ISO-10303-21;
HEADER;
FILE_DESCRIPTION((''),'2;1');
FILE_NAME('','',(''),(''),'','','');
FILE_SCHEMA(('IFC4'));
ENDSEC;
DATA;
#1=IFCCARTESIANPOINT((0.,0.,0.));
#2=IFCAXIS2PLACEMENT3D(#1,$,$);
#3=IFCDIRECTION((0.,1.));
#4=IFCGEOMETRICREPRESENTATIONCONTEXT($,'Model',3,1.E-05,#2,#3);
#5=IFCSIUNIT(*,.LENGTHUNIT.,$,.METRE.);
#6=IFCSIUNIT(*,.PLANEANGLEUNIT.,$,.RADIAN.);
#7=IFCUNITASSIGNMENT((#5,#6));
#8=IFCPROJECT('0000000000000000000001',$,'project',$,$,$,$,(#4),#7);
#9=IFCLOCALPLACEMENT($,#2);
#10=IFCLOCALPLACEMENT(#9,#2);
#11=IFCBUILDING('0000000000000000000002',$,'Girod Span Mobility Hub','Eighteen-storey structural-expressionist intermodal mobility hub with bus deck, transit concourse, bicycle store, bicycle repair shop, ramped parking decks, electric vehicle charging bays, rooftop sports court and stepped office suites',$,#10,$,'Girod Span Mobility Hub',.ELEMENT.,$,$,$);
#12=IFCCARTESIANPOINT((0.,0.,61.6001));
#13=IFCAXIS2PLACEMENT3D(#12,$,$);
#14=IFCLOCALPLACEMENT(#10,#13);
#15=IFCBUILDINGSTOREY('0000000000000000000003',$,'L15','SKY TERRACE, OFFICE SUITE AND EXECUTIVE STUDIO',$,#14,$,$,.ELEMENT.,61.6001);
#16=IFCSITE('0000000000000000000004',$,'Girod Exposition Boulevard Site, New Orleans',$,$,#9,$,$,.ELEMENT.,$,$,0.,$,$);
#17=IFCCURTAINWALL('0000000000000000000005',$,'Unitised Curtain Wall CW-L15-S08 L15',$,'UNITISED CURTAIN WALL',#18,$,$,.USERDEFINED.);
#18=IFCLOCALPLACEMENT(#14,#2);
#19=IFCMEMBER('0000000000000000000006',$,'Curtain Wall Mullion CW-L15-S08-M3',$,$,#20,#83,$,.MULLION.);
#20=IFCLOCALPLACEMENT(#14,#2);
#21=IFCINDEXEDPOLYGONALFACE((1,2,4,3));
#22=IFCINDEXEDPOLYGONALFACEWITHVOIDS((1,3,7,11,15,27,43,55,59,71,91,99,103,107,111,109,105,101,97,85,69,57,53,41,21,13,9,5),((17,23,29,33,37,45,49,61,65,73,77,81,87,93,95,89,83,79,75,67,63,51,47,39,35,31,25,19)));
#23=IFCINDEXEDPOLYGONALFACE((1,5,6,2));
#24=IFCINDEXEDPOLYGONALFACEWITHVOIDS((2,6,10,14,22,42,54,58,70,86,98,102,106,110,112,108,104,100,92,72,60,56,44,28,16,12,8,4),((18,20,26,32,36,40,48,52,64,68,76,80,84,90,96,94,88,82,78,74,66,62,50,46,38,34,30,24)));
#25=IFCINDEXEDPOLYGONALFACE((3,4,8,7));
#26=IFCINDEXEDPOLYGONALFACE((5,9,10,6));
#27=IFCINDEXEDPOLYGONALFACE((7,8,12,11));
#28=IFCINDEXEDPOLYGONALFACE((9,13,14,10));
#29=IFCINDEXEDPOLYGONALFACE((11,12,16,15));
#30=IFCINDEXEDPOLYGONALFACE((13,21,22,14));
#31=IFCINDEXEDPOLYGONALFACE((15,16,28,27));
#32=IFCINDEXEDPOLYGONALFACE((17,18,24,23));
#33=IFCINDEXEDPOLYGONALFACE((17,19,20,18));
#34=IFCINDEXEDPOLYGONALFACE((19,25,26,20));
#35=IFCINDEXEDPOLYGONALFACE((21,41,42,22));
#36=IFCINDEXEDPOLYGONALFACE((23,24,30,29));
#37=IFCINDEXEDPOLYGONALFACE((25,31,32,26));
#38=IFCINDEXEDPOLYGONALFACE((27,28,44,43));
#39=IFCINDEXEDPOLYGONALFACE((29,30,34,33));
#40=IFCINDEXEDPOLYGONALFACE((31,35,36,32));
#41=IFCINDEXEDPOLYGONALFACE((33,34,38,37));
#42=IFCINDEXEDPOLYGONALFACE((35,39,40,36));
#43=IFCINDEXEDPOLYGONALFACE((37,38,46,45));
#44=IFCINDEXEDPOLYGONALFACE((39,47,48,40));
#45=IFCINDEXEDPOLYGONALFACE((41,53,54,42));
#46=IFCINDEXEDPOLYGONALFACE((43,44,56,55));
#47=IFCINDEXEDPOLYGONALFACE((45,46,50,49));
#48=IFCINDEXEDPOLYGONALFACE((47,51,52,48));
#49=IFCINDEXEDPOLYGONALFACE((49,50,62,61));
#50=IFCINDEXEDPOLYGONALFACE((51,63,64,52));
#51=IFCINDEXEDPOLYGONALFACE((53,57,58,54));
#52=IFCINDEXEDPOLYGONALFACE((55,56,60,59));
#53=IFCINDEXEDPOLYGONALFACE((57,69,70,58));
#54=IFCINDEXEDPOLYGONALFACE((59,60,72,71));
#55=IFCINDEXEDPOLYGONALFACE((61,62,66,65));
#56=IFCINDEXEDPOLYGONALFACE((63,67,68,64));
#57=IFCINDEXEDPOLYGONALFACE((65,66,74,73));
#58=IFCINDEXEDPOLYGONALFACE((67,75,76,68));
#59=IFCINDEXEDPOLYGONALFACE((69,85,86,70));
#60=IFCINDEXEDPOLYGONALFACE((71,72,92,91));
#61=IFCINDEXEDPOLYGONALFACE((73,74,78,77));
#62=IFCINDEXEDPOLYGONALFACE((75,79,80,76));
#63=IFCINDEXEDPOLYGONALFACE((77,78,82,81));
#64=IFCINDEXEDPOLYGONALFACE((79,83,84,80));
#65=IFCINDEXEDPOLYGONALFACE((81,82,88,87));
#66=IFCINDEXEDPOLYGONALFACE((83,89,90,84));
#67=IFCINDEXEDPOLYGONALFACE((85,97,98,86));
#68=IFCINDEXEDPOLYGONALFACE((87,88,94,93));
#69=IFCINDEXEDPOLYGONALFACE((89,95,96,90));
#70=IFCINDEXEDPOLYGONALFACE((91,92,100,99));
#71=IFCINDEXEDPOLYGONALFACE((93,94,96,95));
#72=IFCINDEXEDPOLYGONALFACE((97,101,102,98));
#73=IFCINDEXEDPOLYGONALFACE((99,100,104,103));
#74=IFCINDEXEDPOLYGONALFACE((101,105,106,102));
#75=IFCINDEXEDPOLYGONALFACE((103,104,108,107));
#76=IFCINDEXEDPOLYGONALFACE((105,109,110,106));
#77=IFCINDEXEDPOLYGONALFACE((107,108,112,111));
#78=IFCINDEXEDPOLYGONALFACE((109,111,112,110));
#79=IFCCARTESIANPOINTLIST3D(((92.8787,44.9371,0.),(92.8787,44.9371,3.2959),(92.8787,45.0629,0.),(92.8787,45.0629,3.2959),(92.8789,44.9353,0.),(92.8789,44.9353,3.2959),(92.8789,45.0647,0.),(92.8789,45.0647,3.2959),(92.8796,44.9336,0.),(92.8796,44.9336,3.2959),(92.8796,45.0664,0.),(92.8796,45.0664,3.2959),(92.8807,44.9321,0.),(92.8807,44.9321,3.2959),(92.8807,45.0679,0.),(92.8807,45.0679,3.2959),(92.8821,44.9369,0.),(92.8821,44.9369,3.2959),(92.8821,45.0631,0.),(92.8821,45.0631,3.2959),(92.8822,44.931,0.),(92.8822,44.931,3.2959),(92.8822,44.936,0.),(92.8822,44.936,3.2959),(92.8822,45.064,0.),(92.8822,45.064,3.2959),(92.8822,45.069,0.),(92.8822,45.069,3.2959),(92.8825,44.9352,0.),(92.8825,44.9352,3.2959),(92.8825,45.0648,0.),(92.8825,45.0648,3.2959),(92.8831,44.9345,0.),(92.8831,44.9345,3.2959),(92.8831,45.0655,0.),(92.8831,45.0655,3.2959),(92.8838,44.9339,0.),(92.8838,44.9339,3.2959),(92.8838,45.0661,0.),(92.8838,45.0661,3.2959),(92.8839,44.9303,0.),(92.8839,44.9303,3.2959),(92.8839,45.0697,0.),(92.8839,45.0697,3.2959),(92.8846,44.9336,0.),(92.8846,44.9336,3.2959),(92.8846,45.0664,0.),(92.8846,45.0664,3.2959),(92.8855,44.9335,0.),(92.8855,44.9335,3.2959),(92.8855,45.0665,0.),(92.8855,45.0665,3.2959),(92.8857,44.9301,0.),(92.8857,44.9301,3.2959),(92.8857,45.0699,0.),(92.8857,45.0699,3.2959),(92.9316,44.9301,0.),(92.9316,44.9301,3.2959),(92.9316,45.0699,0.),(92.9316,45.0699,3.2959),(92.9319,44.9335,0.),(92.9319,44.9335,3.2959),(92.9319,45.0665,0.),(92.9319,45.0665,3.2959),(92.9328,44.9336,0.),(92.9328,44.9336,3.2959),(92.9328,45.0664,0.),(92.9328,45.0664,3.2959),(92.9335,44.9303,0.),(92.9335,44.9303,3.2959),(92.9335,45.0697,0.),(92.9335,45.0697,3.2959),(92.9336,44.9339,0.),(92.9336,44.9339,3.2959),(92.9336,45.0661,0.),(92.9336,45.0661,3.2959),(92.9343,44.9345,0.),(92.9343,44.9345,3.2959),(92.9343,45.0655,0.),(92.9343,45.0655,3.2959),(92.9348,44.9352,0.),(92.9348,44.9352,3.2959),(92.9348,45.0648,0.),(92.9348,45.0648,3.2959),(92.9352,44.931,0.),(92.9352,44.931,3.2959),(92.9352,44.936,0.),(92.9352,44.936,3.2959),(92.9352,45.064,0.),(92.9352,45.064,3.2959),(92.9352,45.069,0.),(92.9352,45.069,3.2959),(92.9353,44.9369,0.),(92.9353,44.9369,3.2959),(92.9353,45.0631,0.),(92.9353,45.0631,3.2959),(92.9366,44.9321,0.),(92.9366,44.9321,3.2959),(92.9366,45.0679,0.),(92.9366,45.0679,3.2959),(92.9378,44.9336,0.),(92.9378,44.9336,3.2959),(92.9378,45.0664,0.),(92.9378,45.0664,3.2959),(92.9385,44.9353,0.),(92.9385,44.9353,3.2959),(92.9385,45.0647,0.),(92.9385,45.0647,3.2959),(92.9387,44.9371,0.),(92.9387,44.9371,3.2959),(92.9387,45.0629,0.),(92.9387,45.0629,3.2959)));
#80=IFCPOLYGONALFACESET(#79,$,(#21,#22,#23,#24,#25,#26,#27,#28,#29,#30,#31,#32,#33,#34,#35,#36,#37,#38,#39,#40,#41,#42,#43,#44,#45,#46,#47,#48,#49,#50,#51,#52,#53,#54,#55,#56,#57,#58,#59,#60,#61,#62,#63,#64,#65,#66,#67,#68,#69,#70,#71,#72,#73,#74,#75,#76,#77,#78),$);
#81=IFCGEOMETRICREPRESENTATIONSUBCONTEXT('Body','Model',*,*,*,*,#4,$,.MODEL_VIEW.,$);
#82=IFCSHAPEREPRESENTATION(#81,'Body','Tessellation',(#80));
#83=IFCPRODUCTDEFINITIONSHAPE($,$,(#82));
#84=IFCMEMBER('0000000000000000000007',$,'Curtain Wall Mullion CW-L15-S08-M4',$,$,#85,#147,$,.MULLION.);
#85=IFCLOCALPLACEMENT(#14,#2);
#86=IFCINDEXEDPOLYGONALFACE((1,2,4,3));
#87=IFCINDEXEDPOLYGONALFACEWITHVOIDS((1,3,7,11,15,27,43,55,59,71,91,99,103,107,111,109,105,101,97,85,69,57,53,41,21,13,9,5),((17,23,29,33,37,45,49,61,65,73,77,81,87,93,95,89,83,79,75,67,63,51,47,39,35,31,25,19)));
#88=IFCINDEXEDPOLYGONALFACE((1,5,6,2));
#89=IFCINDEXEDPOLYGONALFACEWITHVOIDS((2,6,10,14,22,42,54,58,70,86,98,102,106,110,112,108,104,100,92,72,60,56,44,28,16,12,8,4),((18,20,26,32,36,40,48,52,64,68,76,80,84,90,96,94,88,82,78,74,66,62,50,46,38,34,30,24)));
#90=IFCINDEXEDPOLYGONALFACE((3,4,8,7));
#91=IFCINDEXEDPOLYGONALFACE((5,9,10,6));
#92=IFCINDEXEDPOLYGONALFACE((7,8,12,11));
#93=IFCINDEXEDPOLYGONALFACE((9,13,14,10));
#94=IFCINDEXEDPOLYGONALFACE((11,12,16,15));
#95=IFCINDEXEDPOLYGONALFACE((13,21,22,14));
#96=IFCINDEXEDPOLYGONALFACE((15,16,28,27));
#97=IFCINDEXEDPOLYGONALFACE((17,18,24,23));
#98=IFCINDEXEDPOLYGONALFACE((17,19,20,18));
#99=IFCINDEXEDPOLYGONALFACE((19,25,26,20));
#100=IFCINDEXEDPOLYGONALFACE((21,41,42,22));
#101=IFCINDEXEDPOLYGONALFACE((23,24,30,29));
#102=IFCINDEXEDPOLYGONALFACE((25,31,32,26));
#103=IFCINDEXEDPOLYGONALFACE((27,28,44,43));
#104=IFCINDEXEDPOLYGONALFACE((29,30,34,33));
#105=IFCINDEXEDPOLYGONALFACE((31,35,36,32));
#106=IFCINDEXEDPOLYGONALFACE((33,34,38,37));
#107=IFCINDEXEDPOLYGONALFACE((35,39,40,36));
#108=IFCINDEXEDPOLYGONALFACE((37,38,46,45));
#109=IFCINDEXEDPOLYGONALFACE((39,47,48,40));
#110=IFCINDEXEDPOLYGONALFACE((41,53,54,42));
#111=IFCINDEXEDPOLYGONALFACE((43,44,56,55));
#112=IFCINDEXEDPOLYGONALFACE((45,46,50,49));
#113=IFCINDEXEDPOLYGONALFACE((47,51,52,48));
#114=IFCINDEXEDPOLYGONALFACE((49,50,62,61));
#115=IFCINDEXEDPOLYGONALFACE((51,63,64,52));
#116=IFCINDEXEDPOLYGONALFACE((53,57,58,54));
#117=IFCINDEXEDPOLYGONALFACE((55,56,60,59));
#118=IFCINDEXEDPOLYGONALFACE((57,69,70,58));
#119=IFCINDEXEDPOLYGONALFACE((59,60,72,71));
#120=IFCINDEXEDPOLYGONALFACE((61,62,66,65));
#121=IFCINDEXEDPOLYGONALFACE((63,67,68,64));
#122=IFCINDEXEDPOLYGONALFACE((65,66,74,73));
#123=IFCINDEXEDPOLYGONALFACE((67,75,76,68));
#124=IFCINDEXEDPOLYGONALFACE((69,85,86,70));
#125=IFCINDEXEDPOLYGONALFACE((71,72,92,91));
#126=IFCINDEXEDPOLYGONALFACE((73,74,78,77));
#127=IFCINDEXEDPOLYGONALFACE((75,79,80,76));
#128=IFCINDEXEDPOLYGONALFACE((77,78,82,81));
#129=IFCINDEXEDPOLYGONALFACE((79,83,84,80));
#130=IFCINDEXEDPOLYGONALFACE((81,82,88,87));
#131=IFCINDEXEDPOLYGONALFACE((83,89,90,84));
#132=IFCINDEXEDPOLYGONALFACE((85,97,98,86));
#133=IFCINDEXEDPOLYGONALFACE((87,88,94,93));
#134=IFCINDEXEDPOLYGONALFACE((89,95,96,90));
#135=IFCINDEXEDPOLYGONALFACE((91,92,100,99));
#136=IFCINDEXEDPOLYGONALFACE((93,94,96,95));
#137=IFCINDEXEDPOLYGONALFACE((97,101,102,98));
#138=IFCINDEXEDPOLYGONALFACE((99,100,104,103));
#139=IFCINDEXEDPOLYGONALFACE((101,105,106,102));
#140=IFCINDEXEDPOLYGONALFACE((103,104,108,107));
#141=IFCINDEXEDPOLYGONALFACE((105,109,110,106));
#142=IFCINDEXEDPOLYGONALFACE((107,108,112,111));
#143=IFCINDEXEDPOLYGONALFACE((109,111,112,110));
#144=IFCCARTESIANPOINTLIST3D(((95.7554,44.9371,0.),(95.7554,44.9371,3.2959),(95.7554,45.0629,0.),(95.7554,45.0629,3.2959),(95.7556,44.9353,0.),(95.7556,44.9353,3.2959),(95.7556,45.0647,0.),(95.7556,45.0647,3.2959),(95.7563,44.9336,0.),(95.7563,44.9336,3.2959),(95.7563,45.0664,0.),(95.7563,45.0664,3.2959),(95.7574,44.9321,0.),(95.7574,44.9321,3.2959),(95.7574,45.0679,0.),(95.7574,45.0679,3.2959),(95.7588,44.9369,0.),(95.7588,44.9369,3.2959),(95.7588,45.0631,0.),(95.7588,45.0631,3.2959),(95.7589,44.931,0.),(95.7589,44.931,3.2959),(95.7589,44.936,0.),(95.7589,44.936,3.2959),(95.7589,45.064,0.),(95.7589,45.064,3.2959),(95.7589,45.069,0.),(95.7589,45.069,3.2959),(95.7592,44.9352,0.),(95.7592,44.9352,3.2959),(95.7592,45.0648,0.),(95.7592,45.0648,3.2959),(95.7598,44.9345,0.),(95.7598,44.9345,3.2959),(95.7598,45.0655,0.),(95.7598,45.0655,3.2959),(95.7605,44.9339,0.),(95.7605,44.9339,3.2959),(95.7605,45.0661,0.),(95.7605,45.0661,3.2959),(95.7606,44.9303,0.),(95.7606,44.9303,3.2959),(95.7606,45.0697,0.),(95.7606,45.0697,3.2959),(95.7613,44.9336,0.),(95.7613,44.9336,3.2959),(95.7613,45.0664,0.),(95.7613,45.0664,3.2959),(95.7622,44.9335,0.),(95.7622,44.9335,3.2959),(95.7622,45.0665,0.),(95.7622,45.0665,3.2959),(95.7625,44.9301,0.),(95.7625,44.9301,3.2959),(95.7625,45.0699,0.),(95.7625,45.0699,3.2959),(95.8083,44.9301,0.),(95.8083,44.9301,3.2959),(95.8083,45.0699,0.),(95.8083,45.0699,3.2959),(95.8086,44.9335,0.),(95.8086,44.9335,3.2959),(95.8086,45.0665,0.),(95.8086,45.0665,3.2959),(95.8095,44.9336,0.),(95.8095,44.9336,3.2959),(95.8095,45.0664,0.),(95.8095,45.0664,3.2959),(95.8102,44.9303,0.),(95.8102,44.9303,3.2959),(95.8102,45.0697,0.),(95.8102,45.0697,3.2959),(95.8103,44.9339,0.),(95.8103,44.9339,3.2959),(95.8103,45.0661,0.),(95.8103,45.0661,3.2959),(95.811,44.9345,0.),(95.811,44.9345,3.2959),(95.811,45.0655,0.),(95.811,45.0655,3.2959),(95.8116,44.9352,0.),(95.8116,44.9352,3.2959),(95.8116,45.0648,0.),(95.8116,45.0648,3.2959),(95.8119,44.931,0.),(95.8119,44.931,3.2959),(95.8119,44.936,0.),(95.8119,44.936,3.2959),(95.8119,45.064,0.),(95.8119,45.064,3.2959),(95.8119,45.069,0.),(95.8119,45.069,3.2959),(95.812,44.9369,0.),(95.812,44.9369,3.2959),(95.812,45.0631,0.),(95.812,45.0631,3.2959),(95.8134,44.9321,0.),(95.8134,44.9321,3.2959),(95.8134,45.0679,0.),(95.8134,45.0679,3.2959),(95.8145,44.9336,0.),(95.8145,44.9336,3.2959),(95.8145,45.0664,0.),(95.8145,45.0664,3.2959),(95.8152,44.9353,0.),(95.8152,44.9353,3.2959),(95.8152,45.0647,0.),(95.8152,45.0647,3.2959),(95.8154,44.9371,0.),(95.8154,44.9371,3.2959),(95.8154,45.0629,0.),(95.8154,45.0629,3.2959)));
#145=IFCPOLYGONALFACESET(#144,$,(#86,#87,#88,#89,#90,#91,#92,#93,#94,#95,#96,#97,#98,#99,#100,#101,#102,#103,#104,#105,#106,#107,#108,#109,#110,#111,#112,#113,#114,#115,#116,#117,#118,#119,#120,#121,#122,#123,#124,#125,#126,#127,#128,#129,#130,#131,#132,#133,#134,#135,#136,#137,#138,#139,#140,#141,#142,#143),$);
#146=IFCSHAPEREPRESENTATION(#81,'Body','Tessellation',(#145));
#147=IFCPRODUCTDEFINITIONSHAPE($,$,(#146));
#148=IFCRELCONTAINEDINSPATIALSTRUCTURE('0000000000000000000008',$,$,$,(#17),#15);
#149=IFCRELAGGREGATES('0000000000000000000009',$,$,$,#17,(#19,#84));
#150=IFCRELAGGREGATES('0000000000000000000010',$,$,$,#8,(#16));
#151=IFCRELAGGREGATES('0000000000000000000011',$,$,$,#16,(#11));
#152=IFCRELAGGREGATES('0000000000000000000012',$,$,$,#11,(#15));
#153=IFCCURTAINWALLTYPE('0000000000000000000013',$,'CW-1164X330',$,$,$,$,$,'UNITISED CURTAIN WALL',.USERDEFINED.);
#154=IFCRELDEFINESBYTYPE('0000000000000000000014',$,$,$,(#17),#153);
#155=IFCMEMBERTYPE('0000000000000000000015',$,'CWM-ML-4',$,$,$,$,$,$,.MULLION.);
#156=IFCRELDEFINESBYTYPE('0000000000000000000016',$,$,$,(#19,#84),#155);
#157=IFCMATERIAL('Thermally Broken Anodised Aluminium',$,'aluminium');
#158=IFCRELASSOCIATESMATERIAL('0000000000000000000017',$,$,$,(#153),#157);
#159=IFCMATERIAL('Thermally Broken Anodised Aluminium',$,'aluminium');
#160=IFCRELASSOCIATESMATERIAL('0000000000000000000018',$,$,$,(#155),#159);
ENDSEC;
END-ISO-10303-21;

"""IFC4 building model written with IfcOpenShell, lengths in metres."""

from ifc_helpers import new_model, si_unit, direction, frame, origin, origin_2d, place, context, subcontext, project, spatial, hollow_rectangle, extrude, material, material_profile, profile_set, type_object, element, aggregate, save


model = new_model("IFC4")

# Units and contexts
model_context = context("Model", 3, precision=1e-05, world=origin(), true_north=direction((0.0, 1.0)))
body_context = subcontext(model_context, "Body", "Model", "MODEL_VIEW")
ifc_project = project(units=[si_unit("LENGTHUNIT", "METRE"), si_unit("PLANEANGLEUNIT", "RADIAN")], contexts=[model_context])

# Site, building, storey
site_placement = place(None, origin())
site = spatial("IfcSite", under=ifc_project, at=site_placement, Name="Girod Exposition Boulevard Site, New Orleans", CompositionType="ELEMENT", RefElevation=0.0)
building_placement = place(site_placement, origin())
building = spatial("IfcBuilding", under=site, at=building_placement, Name="Girod Span Mobility Hub", Description="Eighteen-storey structural-expressionist intermodal mobility hub with bus deck, transit concourse, bicycle store, bicycle repair shop, ramped parking decks, electric vehicle charging bays, rooftop sports court and stepped office suites", LongName="Girod Span Mobility Hub", CompositionType="ELEMENT")
storey_placement = place(building_placement, frame((0.0, 0.0, 61.6001)))
storey = spatial("IfcBuildingStorey", under=building, at=storey_placement, Name="L15", Description="SKY TERRACE, OFFICE SUITE AND EXECUTIVE STUDIO", CompositionType="ELEMENT", Elevation=61.6001)

# Shared definitions
ifc_material_1 = material(Name="Thermally Broken Anodised Aluminium", Category="aluminium")
curtain_wall_type = type_object("IfcCurtainWallType", Name="CW-1164X330", ElementType="UNITISED CURTAIN WALL", PredefinedType="USERDEFINED", material=ifc_material_1)
ifc_material_2 = material(Name="Thermally Broken Anodised Aluminium", Category="aluminium")
ifc_material_profile_1 = material_profile(ifc_material_2, hollow_rectangle(XDim=0.1399, YDim=0.0601, WallThickness=0.0034, InnerFilletRadius=0.0034, OuterFilletRadius=0.0071, at=origin_2d()), Name="CW-ML-60X140")
ifc_profile_set_1 = profile_set([ifc_material_profile_1], Name="Thermally Broken Anodised Aluminium")
member_type_1 = type_object("IfcMemberType", Name="CWM-ML-4", PredefinedType="MULLION", material=ifc_profile_set_1)

# Curtain wall, members
curtain_wall_1_placement = place(storey_placement, origin())
curtain_wall_1 = element("IfcCurtainWall", 1, at=curtain_wall_1_placement, inside=storey, type_object=curtain_wall_type, Name="Unitised Curtain Wall CW-L15-S08 L15", ObjectType="UNITISED CURTAIN WALL", PredefinedType="USERDEFINED")
member_1_placement = place(storey_placement, frame((92.9087, 45.0, 0.0), z_axis=(0.0, 0.0, 1.0), x_axis=(0.0, 1.0, 0.0)))
member_1 = element("IfcMember", 2, at=member_1_placement, type_object=member_type_1, Name="Curtain Wall Mullion CW-L15-S08-M3", PredefinedType="MULLION", context=body_context, shape_type="SweptSolid", body=[
    extrude(hollow_rectangle(XDim=0.1399, YDim=0.0601, WallThickness=0.0034, InnerFilletRadius=0.0034, OuterFilletRadius=0.0071, at=origin_2d()), origin(), (0.0, 0.0, 1.0), 3.2959),
])
member_2_placement = place(storey_placement, frame((95.7854, 45.0, 0.0), z_axis=(0.0, 0.0, 1.0), x_axis=(0.0, 1.0, 0.0)))
member_2 = element("IfcMember", 3, at=member_2_placement, type_object=member_type_1, Name="Curtain Wall Mullion CW-L15-S08-M4", PredefinedType="MULLION", context=body_context, shape_type="SweptSolid", body=[
    extrude(hollow_rectangle(XDim=0.1399, YDim=0.0601, WallThickness=0.0034, InnerFilletRadius=0.0034, OuterFilletRadius=0.0071, at=origin_2d()), origin(), (0.0, 0.0, 1.0), 3.2959),
])

aggregate(curtain_wall_1, [member_1, member_2])

save(model, "model.ifc")
